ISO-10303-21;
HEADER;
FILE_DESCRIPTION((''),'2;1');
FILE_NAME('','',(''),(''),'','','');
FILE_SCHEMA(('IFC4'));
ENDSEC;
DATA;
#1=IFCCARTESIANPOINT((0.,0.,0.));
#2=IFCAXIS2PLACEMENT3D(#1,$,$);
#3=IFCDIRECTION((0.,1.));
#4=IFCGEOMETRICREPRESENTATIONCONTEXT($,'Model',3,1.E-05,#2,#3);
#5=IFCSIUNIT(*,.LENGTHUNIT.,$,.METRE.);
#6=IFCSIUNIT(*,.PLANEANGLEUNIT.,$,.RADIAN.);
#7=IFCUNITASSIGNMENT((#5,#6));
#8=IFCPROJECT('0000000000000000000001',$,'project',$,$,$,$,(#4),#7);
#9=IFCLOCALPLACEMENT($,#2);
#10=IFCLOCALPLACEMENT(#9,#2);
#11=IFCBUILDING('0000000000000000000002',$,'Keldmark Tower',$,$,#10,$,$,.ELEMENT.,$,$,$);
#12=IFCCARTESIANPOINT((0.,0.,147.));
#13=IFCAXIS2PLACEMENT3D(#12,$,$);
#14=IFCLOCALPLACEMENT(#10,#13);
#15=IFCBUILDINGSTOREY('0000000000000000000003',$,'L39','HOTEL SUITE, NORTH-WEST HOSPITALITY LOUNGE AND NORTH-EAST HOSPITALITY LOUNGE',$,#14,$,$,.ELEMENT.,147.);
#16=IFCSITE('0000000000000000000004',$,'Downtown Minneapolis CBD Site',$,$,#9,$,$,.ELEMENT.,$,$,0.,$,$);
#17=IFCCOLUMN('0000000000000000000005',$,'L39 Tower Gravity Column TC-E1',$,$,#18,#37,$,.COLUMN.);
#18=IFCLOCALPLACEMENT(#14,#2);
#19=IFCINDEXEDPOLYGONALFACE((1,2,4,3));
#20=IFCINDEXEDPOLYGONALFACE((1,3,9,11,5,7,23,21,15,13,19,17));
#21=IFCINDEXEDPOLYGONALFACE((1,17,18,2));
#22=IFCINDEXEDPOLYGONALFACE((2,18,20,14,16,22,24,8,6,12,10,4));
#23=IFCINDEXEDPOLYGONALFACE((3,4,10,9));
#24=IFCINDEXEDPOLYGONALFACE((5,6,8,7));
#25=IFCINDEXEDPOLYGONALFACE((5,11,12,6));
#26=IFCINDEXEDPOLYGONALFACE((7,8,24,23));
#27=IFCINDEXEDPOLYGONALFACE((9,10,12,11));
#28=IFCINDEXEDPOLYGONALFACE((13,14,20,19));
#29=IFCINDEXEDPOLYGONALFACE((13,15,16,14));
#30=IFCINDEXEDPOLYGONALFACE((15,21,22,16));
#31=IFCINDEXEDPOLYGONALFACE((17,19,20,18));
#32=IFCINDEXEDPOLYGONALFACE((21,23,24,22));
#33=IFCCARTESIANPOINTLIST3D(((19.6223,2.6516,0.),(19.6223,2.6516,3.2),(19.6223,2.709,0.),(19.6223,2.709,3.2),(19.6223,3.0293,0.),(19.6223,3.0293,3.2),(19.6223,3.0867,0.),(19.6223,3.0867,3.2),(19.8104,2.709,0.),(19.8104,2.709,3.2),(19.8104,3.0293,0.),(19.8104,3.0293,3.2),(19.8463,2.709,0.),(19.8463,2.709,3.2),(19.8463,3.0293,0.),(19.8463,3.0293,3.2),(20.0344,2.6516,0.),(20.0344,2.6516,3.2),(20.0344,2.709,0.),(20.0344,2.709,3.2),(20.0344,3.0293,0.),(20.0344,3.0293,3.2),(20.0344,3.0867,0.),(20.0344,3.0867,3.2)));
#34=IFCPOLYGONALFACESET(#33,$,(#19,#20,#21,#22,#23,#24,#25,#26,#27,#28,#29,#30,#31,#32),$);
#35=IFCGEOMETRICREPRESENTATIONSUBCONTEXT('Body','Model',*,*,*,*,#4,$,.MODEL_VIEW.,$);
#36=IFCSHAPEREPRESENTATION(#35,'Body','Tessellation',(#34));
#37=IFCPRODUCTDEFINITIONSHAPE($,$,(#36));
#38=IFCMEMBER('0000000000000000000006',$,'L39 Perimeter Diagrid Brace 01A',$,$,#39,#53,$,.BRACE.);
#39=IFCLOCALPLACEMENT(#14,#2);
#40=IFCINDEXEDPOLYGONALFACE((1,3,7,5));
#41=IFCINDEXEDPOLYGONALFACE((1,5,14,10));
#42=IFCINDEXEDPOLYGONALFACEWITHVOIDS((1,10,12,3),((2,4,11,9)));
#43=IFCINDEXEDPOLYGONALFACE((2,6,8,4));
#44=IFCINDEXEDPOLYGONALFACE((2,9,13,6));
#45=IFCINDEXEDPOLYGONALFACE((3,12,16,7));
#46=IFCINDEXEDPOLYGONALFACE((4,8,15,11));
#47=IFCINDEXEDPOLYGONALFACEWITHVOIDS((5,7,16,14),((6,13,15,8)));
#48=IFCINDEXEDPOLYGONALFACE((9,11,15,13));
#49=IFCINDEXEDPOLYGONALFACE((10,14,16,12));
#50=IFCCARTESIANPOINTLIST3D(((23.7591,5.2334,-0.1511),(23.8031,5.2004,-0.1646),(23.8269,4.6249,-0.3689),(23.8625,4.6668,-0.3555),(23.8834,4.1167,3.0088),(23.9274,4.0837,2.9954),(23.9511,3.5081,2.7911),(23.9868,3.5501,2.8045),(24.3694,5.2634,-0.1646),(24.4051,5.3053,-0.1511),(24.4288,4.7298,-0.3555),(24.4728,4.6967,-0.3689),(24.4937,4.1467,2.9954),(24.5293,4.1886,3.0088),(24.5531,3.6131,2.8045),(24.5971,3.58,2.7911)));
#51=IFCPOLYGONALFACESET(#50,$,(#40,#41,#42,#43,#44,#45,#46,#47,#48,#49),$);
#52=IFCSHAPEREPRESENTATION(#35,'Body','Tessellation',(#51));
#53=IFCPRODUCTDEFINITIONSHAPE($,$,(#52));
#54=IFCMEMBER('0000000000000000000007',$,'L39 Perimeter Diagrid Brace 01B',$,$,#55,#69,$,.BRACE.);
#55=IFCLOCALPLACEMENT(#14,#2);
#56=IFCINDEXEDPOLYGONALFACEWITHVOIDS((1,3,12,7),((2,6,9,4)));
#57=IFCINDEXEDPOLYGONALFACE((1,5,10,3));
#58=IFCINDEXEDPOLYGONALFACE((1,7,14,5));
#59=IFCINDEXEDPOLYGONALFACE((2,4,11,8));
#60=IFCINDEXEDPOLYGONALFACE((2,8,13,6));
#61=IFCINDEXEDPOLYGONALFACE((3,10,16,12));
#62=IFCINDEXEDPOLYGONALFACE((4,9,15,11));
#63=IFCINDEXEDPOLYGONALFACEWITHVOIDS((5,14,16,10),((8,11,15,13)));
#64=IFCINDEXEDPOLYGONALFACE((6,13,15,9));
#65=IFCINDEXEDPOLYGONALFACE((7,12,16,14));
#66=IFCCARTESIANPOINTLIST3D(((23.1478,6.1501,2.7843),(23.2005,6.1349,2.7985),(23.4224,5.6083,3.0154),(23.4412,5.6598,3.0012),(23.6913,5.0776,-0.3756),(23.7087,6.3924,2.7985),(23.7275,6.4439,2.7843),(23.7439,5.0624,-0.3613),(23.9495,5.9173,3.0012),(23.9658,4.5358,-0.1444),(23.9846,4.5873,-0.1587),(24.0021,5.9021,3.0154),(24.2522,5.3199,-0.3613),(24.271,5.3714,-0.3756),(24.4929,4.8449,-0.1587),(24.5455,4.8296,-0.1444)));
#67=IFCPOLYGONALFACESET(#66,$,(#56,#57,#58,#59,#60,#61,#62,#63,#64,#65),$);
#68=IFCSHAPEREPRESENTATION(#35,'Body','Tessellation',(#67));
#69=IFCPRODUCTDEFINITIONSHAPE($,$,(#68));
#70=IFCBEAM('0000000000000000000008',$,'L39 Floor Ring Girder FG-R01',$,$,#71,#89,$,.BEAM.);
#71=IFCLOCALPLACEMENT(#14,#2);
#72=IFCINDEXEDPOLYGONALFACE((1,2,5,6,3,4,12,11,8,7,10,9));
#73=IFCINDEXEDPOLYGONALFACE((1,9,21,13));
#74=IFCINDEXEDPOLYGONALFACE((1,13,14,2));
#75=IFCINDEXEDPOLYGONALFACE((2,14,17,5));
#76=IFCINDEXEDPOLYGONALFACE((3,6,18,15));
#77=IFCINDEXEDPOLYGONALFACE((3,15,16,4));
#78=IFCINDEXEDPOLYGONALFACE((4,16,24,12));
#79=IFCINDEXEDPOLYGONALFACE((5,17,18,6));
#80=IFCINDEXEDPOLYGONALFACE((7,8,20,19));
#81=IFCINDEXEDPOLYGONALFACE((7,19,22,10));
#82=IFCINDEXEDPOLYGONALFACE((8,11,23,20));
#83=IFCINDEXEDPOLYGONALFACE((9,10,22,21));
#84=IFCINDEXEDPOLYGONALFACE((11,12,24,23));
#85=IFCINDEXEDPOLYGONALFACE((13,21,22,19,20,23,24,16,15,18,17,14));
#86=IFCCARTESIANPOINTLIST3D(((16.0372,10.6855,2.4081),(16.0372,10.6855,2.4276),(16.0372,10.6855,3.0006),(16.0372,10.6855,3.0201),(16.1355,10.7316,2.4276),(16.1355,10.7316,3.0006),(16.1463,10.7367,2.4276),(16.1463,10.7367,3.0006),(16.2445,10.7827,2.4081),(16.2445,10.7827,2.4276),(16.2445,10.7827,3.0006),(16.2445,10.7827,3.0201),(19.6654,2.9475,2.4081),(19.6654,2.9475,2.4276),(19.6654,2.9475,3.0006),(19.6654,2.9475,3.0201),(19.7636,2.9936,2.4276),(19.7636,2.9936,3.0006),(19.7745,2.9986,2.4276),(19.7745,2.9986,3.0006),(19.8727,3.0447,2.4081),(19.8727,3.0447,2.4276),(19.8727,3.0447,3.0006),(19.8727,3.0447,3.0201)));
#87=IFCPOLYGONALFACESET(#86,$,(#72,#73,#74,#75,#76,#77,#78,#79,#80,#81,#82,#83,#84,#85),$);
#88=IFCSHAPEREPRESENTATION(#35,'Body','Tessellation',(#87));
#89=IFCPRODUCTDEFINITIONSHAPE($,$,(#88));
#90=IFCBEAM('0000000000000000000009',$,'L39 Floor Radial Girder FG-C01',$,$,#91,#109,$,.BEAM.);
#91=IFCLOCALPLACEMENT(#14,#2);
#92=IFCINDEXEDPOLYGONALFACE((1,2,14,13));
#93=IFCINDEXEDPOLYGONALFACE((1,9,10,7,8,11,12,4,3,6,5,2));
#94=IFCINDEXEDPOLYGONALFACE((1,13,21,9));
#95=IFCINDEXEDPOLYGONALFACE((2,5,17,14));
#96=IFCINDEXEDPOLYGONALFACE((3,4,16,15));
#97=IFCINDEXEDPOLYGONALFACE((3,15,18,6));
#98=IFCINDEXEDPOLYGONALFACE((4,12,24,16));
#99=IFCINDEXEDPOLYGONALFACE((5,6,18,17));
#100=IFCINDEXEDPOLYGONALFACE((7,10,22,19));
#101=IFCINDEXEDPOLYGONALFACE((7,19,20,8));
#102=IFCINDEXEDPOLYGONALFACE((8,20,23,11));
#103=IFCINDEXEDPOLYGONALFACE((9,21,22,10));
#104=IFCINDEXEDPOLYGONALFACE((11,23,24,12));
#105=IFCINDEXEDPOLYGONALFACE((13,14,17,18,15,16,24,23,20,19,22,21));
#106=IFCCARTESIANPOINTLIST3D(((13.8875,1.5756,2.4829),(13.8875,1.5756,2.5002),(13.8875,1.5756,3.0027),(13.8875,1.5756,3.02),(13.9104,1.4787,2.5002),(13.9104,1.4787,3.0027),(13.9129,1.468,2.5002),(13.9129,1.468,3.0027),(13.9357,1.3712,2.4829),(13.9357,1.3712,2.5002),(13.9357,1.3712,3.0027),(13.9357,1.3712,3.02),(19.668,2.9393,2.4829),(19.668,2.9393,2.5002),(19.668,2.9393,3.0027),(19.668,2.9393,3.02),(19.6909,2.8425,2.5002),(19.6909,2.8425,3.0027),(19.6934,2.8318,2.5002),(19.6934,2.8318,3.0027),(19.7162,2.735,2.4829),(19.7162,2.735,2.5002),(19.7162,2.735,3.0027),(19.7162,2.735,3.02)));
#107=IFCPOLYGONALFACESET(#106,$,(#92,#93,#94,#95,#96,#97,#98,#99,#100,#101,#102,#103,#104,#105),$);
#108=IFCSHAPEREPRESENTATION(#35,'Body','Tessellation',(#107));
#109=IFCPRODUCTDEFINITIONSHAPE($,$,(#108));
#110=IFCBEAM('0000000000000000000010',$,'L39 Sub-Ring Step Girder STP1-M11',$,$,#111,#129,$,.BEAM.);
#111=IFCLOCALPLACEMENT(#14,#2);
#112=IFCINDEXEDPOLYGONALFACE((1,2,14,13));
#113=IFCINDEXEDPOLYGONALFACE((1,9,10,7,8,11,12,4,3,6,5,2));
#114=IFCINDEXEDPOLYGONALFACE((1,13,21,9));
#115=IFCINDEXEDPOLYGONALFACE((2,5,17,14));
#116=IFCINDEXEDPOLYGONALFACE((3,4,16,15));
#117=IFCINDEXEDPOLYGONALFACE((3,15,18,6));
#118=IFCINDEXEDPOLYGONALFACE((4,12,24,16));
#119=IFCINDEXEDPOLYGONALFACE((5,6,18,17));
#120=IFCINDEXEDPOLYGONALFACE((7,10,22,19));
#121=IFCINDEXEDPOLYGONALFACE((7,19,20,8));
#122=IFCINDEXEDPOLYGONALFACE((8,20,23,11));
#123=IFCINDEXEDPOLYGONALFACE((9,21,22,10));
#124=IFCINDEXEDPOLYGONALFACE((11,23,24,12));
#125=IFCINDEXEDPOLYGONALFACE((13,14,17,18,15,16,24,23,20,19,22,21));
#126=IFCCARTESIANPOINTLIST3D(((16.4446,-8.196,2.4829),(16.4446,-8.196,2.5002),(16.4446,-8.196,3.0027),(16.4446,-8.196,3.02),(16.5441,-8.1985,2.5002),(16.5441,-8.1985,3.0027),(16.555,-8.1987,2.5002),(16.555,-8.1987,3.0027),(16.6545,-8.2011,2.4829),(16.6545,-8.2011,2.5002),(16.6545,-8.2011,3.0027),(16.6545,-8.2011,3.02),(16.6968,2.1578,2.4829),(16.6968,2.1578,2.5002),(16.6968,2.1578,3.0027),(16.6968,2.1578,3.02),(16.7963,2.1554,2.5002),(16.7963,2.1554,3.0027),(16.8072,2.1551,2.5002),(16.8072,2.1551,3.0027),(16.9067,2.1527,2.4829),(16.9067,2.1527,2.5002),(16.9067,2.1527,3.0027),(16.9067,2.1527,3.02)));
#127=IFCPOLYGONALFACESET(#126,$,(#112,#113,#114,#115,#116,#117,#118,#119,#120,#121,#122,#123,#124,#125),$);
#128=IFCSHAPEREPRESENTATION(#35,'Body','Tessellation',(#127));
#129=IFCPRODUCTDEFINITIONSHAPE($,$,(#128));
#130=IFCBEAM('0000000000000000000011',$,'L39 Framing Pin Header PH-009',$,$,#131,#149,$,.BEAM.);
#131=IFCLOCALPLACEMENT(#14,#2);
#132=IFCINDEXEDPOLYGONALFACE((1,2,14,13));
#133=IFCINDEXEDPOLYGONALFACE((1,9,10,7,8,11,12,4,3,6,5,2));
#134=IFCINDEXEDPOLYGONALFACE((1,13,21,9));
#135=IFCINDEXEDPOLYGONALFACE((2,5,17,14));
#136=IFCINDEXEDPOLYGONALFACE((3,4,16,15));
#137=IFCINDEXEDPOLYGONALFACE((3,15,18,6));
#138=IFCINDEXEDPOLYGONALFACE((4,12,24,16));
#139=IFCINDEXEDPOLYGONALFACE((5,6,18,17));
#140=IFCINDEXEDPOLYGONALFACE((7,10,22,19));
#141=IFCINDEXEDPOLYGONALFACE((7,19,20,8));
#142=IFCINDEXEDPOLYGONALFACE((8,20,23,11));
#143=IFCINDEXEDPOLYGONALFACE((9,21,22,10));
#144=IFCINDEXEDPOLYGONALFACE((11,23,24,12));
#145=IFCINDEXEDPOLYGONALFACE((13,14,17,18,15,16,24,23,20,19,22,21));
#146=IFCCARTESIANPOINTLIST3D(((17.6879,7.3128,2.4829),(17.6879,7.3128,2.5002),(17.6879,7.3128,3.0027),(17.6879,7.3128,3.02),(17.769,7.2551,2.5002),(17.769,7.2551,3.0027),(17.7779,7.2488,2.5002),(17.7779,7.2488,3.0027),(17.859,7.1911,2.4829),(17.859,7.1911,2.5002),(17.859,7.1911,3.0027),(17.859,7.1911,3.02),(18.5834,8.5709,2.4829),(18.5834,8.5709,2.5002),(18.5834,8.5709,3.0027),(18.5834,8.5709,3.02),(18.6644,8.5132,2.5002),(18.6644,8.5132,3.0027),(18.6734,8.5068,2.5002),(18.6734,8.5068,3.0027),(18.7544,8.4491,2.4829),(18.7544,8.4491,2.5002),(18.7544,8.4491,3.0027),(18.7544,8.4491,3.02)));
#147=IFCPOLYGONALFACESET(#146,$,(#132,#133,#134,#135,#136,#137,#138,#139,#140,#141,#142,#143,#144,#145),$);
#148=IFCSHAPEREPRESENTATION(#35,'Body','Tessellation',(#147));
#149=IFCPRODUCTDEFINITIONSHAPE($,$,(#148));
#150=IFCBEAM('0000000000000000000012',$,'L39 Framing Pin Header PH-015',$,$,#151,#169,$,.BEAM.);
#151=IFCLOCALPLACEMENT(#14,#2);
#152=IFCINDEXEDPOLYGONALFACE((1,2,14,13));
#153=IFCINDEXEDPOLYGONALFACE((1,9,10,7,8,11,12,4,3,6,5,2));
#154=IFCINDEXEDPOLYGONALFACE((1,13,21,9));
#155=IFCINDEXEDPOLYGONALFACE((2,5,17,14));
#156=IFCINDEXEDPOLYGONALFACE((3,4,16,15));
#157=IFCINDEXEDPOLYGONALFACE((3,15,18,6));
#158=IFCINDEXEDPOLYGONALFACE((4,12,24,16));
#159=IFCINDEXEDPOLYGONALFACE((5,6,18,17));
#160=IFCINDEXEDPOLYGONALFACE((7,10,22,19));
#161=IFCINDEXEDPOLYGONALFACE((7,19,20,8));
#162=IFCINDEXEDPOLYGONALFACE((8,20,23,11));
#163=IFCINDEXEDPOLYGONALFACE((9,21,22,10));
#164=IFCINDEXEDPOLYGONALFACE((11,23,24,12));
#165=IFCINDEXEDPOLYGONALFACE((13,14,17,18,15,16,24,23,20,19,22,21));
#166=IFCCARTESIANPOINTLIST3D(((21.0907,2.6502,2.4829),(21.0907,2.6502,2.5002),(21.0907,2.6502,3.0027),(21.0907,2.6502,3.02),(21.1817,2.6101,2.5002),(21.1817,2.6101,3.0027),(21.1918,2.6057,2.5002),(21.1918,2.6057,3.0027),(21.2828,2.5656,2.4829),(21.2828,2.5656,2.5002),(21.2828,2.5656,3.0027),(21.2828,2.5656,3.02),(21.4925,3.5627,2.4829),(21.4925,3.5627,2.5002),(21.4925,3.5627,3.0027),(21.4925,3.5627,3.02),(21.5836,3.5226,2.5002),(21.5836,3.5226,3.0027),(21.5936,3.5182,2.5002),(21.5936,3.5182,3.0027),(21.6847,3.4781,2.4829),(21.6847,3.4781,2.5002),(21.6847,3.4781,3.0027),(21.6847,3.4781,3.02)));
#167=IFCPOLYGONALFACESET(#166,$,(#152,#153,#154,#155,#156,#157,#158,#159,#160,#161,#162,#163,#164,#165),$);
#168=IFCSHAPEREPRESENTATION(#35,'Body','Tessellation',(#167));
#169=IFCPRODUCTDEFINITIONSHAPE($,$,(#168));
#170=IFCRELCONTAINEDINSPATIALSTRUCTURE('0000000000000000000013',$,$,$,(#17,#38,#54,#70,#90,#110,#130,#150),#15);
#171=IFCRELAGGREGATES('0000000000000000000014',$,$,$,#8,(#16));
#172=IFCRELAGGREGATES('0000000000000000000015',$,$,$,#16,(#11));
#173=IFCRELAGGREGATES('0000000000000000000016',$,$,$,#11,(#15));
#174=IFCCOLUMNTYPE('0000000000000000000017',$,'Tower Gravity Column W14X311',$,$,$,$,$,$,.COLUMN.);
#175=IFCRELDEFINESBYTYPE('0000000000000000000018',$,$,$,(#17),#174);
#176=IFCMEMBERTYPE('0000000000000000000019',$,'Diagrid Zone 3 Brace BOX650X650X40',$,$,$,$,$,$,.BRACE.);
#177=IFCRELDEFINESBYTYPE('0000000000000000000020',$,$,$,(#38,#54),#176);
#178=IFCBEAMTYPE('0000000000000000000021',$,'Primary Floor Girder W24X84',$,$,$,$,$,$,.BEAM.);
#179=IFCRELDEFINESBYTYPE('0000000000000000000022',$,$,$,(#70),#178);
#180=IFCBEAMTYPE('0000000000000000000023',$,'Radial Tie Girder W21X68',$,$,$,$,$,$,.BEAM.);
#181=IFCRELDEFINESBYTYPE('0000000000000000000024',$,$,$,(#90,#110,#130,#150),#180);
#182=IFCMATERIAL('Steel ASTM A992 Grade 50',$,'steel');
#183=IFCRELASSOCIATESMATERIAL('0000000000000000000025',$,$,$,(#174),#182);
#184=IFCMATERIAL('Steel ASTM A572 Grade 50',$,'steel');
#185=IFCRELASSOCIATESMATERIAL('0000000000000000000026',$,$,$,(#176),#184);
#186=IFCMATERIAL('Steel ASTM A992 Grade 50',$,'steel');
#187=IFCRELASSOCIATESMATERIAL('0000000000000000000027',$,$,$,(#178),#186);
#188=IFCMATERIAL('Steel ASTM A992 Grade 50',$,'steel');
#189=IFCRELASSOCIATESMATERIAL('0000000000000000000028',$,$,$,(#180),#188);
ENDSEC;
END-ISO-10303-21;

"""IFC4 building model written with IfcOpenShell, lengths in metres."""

from ifc_helpers import new_model, si_unit, direction, frame, origin, origin_2d, place, context, subcontext, project, spatial, hollow_rectangle, i_section, extrude, material, material_profile, profile_set, type_object, element, save


model = new_model("IFC4")

# Units and contexts
model_context = context("Model", 3, precision=1e-05, world=origin(), true_north=direction((0.0, 1.0)))
body_context = subcontext(model_context, "Body", "Model", "MODEL_VIEW")
ifc_project = project(units=[si_unit("LENGTHUNIT", "METRE"), si_unit("PLANEANGLEUNIT", "RADIAN")], contexts=[model_context])

# Site, building, storey
site_placement = place(None, origin())
site = spatial("IfcSite", under=ifc_project, at=site_placement, Name="Downtown Minneapolis CBD Site", CompositionType="ELEMENT", RefElevation=0.0)
building_placement = place(site_placement, origin())
building = spatial("IfcBuilding", under=site, at=building_placement, Name="Keldmark Tower", CompositionType="ELEMENT")
storey_placement = place(building_placement, frame((0.0, 0.0, 147.0)))
storey = spatial("IfcBuildingStorey", under=building, at=storey_placement, Name="L39", Description="HOTEL SUITE, NORTH-WEST HOSPITALITY LOUNGE AND NORTH-EAST HOSPITALITY LOUNGE", CompositionType="ELEMENT", Elevation=147.0)

# Column
ifc_material_1 = material(Name="Steel ASTM A992 Grade 50", Category="steel")
ifc_material_profile_1 = material_profile(ifc_material_1, i_section(OverallWidth=0.4121, OverallDepth=0.4351, WebThickness=0.0359, FlangeThickness=0.0574, at=origin_2d()), Name="W14X311")
ifc_profile_set_1 = profile_set([ifc_material_profile_1], Name="Steel ASTM A992 Grade 50")
column_type = type_object("IfcColumnType", Name="Tower Gravity Column W14X311", PredefinedType="COLUMN", material=ifc_profile_set_1)
column_placement = place(storey_placement, frame((19.8284, 2.8691, 0.0), z_axis=(0.0, 0.0, 1.0), x_axis=(1.0, 0.0, 0.0)))
element("IfcColumn", 1, at=column_placement, inside=storey, type_object=column_type, Name="L39 Tower Gravity Column TC-E1", PredefinedType="COLUMN", context=body_context, shape_type="SweptSolid", body=[
    extrude(i_section(OverallWidth=0.4121, OverallDepth=0.4351, WebThickness=0.0359, FlangeThickness=0.0574, at=origin_2d()), origin(), (0.0, 0.0, 1.0), 3.2),
])

# Members
ifc_material_2 = material(Name="Steel ASTM A572 Grade 50", Category="steel")
ifc_material_profile_2 = material_profile(ifc_material_2, hollow_rectangle(XDim=0.6499, YDim=0.6499, WallThickness=0.04, at=origin_2d()), Name="BOX650X650X40")
ifc_profile_set_2 = profile_set([ifc_material_profile_2], Name="Steel ASTM A572 Grade 50")
member_type = type_object("IfcMemberType", Name="Diagrid Zone 3 Brace BOX650X650X40", PredefinedType="BRACE", material=ifc_profile_set_2)
member_1_placement = place(storey_placement, frame((24.116, 4.9651, -0.26), z_axis=(0.037054, -0.332972, 0.942208), x_axis=(0.993865, 0.110598, 0.0)))
element("IfcMember", 2, at=member_1_placement, inside=storey, type_object=member_type, Name="L39 Perimeter Diagrid Brace 01A", PredefinedType="BRACE", context=body_context, shape_type="SweptSolid", body=[
    extrude(hollow_rectangle(XDim=0.6499, YDim=0.6499, WallThickness=0.04, at=origin_2d()), origin(), (0.0, 0.0, 1.0), 3.3538),
])
member_2_placement = place(storey_placement, frame((24.1184, 4.9536, -0.26), z_axis=(-0.160742, 0.317224, 0.934629), x_axis=(-0.892018, -0.451999, 0.0)))
element("IfcMember", 3, at=member_2_placement, inside=storey, type_object=member_type, Name="L39 Perimeter Diagrid Brace 01B", PredefinedType="BRACE", context=body_context, shape_type="SweptSolid", body=[
    extrude(hollow_rectangle(XDim=0.6499, YDim=0.6499, WallThickness=0.04, at=origin_2d()), origin(), (0.0, 0.0, 1.0), 3.3809),
])

# Beams
ifc_material_3 = material(Name="Steel ASTM A992 Grade 50", Category="steel")
ifc_material_profile_3 = material_profile(ifc_material_3, i_section(OverallWidth=0.229, OverallDepth=0.6121, WebThickness=0.012, FlangeThickness=0.0195, at=origin_2d()), Name="W24X84")
ifc_profile_set_3 = profile_set([ifc_material_profile_3], Name="Steel ASTM A992 Grade 50")
beam_type_1 = type_object("IfcBeamType", Name="Primary Floor Girder W24X84", PredefinedType="BEAM", material=ifc_profile_set_3)
beam_1_placement = place(storey_placement, frame((19.769, 2.9961, 2.7141), z_axis=(-0.424527, 0.905415, 0.0), x_axis=(-0.905415, -0.424527, 0.0)))
element("IfcBeam", 4, at=beam_1_placement, inside=storey, type_object=beam_type_1, Name="L39 Floor Ring Girder FG-R01", PredefinedType="BEAM", context=body_context, shape_type="SweptSolid", body=[
    extrude(i_section(OverallWidth=0.229, OverallDepth=0.6121, WebThickness=0.012, FlangeThickness=0.0195, at=origin_2d()), origin(), (0.0, 0.0, 1.0), 8.5464),
])
ifc_material_4 = material(Name="Steel ASTM A992 Grade 50", Category="steel")
ifc_material_profile_4 = material_profile(ifc_material_4, i_section(OverallWidth=0.21, OverallDepth=0.5371, WebThickness=0.011, FlangeThickness=0.0173, at=origin_2d()), Name="W21X68")
ifc_profile_set_4 = profile_set([ifc_material_profile_4], Name="Steel ASTM A992 Grade 50")
beam_type_2 = type_object("IfcBeamType", Name="Radial Tie Girder W21X68", PredefinedType="BEAM", material=ifc_profile_set_4)
beam_2_placement = place(storey_placement, frame((19.6921, 2.8372, 2.7515), z_axis=(-0.97328, -0.229621, 0.0), x_axis=(0.229621, -0.97328, 0.0)))
element("IfcBeam", 5, at=beam_2_placement, inside=storey, type_object=beam_type_2, Name="L39 Floor Radial Girder FG-C01", PredefinedType="BEAM", context=body_context, shape_type="SweptSolid", body=[
    extrude(i_section(OverallWidth=0.21, OverallDepth=0.5371, WebThickness=0.011, FlangeThickness=0.0173, at=origin_2d()), origin(), (0.0, 0.0, 1.0), 5.9392),
])
beam_3_placement = place(storey_placement, frame((16.8018, 2.1553, 2.7515), z_axis=(-0.024351, -0.999703, 0.0), x_axis=(0.999703, -0.024351, 0.0)))
element("IfcBeam", 6, at=beam_3_placement, inside=storey, type_object=beam_type_2, Name="L39 Sub-Ring Step Girder STP1-M11", PredefinedType="BEAM", context=body_context, shape_type="SweptSolid", body=[
    extrude(i_section(OverallWidth=0.21, OverallDepth=0.5371, WebThickness=0.011, FlangeThickness=0.0173, at=origin_2d()), origin(), (0.0, 0.0, 1.0), 10.3569),
])
beam_4_placement = place(storey_placement, frame((17.7734, 7.252, 2.7515), z_axis=(0.579906, 0.814683, 0.0), x_axis=(-0.814683, 0.579906, 0.0)))
element("IfcBeam", 7, at=beam_4_placement, inside=storey, type_object=beam_type_2, Name="L39 Framing Pin Header PH-009", PredefinedType="BEAM", context=body_context, shape_type="SweptSolid", body=[
    extrude(i_section(OverallWidth=0.21, OverallDepth=0.5371, WebThickness=0.011, FlangeThickness=0.0173, at=origin_2d()), origin(), (0.0, 0.0, 1.0), 1.5442),
])
beam_5_placement = place(storey_placement, frame((21.1868, 2.6079, 2.7515), z_axis=(0.403001, 0.915199, 0.0), x_axis=(-0.915199, 0.403001, 0.0)))
element("IfcBeam", 8, at=beam_5_placement, inside=storey, type_object=beam_type_2, Name="L39 Framing Pin Header PH-015", PredefinedType="BEAM", context=body_context, shape_type="SweptSolid", body=[
    extrude(i_section(OverallWidth=0.21, OverallDepth=0.5371, WebThickness=0.011, FlangeThickness=0.0173, at=origin_2d()), origin(), (0.0, 0.0, 1.0), 0.9971),
])

save(model, "model.ifc")
